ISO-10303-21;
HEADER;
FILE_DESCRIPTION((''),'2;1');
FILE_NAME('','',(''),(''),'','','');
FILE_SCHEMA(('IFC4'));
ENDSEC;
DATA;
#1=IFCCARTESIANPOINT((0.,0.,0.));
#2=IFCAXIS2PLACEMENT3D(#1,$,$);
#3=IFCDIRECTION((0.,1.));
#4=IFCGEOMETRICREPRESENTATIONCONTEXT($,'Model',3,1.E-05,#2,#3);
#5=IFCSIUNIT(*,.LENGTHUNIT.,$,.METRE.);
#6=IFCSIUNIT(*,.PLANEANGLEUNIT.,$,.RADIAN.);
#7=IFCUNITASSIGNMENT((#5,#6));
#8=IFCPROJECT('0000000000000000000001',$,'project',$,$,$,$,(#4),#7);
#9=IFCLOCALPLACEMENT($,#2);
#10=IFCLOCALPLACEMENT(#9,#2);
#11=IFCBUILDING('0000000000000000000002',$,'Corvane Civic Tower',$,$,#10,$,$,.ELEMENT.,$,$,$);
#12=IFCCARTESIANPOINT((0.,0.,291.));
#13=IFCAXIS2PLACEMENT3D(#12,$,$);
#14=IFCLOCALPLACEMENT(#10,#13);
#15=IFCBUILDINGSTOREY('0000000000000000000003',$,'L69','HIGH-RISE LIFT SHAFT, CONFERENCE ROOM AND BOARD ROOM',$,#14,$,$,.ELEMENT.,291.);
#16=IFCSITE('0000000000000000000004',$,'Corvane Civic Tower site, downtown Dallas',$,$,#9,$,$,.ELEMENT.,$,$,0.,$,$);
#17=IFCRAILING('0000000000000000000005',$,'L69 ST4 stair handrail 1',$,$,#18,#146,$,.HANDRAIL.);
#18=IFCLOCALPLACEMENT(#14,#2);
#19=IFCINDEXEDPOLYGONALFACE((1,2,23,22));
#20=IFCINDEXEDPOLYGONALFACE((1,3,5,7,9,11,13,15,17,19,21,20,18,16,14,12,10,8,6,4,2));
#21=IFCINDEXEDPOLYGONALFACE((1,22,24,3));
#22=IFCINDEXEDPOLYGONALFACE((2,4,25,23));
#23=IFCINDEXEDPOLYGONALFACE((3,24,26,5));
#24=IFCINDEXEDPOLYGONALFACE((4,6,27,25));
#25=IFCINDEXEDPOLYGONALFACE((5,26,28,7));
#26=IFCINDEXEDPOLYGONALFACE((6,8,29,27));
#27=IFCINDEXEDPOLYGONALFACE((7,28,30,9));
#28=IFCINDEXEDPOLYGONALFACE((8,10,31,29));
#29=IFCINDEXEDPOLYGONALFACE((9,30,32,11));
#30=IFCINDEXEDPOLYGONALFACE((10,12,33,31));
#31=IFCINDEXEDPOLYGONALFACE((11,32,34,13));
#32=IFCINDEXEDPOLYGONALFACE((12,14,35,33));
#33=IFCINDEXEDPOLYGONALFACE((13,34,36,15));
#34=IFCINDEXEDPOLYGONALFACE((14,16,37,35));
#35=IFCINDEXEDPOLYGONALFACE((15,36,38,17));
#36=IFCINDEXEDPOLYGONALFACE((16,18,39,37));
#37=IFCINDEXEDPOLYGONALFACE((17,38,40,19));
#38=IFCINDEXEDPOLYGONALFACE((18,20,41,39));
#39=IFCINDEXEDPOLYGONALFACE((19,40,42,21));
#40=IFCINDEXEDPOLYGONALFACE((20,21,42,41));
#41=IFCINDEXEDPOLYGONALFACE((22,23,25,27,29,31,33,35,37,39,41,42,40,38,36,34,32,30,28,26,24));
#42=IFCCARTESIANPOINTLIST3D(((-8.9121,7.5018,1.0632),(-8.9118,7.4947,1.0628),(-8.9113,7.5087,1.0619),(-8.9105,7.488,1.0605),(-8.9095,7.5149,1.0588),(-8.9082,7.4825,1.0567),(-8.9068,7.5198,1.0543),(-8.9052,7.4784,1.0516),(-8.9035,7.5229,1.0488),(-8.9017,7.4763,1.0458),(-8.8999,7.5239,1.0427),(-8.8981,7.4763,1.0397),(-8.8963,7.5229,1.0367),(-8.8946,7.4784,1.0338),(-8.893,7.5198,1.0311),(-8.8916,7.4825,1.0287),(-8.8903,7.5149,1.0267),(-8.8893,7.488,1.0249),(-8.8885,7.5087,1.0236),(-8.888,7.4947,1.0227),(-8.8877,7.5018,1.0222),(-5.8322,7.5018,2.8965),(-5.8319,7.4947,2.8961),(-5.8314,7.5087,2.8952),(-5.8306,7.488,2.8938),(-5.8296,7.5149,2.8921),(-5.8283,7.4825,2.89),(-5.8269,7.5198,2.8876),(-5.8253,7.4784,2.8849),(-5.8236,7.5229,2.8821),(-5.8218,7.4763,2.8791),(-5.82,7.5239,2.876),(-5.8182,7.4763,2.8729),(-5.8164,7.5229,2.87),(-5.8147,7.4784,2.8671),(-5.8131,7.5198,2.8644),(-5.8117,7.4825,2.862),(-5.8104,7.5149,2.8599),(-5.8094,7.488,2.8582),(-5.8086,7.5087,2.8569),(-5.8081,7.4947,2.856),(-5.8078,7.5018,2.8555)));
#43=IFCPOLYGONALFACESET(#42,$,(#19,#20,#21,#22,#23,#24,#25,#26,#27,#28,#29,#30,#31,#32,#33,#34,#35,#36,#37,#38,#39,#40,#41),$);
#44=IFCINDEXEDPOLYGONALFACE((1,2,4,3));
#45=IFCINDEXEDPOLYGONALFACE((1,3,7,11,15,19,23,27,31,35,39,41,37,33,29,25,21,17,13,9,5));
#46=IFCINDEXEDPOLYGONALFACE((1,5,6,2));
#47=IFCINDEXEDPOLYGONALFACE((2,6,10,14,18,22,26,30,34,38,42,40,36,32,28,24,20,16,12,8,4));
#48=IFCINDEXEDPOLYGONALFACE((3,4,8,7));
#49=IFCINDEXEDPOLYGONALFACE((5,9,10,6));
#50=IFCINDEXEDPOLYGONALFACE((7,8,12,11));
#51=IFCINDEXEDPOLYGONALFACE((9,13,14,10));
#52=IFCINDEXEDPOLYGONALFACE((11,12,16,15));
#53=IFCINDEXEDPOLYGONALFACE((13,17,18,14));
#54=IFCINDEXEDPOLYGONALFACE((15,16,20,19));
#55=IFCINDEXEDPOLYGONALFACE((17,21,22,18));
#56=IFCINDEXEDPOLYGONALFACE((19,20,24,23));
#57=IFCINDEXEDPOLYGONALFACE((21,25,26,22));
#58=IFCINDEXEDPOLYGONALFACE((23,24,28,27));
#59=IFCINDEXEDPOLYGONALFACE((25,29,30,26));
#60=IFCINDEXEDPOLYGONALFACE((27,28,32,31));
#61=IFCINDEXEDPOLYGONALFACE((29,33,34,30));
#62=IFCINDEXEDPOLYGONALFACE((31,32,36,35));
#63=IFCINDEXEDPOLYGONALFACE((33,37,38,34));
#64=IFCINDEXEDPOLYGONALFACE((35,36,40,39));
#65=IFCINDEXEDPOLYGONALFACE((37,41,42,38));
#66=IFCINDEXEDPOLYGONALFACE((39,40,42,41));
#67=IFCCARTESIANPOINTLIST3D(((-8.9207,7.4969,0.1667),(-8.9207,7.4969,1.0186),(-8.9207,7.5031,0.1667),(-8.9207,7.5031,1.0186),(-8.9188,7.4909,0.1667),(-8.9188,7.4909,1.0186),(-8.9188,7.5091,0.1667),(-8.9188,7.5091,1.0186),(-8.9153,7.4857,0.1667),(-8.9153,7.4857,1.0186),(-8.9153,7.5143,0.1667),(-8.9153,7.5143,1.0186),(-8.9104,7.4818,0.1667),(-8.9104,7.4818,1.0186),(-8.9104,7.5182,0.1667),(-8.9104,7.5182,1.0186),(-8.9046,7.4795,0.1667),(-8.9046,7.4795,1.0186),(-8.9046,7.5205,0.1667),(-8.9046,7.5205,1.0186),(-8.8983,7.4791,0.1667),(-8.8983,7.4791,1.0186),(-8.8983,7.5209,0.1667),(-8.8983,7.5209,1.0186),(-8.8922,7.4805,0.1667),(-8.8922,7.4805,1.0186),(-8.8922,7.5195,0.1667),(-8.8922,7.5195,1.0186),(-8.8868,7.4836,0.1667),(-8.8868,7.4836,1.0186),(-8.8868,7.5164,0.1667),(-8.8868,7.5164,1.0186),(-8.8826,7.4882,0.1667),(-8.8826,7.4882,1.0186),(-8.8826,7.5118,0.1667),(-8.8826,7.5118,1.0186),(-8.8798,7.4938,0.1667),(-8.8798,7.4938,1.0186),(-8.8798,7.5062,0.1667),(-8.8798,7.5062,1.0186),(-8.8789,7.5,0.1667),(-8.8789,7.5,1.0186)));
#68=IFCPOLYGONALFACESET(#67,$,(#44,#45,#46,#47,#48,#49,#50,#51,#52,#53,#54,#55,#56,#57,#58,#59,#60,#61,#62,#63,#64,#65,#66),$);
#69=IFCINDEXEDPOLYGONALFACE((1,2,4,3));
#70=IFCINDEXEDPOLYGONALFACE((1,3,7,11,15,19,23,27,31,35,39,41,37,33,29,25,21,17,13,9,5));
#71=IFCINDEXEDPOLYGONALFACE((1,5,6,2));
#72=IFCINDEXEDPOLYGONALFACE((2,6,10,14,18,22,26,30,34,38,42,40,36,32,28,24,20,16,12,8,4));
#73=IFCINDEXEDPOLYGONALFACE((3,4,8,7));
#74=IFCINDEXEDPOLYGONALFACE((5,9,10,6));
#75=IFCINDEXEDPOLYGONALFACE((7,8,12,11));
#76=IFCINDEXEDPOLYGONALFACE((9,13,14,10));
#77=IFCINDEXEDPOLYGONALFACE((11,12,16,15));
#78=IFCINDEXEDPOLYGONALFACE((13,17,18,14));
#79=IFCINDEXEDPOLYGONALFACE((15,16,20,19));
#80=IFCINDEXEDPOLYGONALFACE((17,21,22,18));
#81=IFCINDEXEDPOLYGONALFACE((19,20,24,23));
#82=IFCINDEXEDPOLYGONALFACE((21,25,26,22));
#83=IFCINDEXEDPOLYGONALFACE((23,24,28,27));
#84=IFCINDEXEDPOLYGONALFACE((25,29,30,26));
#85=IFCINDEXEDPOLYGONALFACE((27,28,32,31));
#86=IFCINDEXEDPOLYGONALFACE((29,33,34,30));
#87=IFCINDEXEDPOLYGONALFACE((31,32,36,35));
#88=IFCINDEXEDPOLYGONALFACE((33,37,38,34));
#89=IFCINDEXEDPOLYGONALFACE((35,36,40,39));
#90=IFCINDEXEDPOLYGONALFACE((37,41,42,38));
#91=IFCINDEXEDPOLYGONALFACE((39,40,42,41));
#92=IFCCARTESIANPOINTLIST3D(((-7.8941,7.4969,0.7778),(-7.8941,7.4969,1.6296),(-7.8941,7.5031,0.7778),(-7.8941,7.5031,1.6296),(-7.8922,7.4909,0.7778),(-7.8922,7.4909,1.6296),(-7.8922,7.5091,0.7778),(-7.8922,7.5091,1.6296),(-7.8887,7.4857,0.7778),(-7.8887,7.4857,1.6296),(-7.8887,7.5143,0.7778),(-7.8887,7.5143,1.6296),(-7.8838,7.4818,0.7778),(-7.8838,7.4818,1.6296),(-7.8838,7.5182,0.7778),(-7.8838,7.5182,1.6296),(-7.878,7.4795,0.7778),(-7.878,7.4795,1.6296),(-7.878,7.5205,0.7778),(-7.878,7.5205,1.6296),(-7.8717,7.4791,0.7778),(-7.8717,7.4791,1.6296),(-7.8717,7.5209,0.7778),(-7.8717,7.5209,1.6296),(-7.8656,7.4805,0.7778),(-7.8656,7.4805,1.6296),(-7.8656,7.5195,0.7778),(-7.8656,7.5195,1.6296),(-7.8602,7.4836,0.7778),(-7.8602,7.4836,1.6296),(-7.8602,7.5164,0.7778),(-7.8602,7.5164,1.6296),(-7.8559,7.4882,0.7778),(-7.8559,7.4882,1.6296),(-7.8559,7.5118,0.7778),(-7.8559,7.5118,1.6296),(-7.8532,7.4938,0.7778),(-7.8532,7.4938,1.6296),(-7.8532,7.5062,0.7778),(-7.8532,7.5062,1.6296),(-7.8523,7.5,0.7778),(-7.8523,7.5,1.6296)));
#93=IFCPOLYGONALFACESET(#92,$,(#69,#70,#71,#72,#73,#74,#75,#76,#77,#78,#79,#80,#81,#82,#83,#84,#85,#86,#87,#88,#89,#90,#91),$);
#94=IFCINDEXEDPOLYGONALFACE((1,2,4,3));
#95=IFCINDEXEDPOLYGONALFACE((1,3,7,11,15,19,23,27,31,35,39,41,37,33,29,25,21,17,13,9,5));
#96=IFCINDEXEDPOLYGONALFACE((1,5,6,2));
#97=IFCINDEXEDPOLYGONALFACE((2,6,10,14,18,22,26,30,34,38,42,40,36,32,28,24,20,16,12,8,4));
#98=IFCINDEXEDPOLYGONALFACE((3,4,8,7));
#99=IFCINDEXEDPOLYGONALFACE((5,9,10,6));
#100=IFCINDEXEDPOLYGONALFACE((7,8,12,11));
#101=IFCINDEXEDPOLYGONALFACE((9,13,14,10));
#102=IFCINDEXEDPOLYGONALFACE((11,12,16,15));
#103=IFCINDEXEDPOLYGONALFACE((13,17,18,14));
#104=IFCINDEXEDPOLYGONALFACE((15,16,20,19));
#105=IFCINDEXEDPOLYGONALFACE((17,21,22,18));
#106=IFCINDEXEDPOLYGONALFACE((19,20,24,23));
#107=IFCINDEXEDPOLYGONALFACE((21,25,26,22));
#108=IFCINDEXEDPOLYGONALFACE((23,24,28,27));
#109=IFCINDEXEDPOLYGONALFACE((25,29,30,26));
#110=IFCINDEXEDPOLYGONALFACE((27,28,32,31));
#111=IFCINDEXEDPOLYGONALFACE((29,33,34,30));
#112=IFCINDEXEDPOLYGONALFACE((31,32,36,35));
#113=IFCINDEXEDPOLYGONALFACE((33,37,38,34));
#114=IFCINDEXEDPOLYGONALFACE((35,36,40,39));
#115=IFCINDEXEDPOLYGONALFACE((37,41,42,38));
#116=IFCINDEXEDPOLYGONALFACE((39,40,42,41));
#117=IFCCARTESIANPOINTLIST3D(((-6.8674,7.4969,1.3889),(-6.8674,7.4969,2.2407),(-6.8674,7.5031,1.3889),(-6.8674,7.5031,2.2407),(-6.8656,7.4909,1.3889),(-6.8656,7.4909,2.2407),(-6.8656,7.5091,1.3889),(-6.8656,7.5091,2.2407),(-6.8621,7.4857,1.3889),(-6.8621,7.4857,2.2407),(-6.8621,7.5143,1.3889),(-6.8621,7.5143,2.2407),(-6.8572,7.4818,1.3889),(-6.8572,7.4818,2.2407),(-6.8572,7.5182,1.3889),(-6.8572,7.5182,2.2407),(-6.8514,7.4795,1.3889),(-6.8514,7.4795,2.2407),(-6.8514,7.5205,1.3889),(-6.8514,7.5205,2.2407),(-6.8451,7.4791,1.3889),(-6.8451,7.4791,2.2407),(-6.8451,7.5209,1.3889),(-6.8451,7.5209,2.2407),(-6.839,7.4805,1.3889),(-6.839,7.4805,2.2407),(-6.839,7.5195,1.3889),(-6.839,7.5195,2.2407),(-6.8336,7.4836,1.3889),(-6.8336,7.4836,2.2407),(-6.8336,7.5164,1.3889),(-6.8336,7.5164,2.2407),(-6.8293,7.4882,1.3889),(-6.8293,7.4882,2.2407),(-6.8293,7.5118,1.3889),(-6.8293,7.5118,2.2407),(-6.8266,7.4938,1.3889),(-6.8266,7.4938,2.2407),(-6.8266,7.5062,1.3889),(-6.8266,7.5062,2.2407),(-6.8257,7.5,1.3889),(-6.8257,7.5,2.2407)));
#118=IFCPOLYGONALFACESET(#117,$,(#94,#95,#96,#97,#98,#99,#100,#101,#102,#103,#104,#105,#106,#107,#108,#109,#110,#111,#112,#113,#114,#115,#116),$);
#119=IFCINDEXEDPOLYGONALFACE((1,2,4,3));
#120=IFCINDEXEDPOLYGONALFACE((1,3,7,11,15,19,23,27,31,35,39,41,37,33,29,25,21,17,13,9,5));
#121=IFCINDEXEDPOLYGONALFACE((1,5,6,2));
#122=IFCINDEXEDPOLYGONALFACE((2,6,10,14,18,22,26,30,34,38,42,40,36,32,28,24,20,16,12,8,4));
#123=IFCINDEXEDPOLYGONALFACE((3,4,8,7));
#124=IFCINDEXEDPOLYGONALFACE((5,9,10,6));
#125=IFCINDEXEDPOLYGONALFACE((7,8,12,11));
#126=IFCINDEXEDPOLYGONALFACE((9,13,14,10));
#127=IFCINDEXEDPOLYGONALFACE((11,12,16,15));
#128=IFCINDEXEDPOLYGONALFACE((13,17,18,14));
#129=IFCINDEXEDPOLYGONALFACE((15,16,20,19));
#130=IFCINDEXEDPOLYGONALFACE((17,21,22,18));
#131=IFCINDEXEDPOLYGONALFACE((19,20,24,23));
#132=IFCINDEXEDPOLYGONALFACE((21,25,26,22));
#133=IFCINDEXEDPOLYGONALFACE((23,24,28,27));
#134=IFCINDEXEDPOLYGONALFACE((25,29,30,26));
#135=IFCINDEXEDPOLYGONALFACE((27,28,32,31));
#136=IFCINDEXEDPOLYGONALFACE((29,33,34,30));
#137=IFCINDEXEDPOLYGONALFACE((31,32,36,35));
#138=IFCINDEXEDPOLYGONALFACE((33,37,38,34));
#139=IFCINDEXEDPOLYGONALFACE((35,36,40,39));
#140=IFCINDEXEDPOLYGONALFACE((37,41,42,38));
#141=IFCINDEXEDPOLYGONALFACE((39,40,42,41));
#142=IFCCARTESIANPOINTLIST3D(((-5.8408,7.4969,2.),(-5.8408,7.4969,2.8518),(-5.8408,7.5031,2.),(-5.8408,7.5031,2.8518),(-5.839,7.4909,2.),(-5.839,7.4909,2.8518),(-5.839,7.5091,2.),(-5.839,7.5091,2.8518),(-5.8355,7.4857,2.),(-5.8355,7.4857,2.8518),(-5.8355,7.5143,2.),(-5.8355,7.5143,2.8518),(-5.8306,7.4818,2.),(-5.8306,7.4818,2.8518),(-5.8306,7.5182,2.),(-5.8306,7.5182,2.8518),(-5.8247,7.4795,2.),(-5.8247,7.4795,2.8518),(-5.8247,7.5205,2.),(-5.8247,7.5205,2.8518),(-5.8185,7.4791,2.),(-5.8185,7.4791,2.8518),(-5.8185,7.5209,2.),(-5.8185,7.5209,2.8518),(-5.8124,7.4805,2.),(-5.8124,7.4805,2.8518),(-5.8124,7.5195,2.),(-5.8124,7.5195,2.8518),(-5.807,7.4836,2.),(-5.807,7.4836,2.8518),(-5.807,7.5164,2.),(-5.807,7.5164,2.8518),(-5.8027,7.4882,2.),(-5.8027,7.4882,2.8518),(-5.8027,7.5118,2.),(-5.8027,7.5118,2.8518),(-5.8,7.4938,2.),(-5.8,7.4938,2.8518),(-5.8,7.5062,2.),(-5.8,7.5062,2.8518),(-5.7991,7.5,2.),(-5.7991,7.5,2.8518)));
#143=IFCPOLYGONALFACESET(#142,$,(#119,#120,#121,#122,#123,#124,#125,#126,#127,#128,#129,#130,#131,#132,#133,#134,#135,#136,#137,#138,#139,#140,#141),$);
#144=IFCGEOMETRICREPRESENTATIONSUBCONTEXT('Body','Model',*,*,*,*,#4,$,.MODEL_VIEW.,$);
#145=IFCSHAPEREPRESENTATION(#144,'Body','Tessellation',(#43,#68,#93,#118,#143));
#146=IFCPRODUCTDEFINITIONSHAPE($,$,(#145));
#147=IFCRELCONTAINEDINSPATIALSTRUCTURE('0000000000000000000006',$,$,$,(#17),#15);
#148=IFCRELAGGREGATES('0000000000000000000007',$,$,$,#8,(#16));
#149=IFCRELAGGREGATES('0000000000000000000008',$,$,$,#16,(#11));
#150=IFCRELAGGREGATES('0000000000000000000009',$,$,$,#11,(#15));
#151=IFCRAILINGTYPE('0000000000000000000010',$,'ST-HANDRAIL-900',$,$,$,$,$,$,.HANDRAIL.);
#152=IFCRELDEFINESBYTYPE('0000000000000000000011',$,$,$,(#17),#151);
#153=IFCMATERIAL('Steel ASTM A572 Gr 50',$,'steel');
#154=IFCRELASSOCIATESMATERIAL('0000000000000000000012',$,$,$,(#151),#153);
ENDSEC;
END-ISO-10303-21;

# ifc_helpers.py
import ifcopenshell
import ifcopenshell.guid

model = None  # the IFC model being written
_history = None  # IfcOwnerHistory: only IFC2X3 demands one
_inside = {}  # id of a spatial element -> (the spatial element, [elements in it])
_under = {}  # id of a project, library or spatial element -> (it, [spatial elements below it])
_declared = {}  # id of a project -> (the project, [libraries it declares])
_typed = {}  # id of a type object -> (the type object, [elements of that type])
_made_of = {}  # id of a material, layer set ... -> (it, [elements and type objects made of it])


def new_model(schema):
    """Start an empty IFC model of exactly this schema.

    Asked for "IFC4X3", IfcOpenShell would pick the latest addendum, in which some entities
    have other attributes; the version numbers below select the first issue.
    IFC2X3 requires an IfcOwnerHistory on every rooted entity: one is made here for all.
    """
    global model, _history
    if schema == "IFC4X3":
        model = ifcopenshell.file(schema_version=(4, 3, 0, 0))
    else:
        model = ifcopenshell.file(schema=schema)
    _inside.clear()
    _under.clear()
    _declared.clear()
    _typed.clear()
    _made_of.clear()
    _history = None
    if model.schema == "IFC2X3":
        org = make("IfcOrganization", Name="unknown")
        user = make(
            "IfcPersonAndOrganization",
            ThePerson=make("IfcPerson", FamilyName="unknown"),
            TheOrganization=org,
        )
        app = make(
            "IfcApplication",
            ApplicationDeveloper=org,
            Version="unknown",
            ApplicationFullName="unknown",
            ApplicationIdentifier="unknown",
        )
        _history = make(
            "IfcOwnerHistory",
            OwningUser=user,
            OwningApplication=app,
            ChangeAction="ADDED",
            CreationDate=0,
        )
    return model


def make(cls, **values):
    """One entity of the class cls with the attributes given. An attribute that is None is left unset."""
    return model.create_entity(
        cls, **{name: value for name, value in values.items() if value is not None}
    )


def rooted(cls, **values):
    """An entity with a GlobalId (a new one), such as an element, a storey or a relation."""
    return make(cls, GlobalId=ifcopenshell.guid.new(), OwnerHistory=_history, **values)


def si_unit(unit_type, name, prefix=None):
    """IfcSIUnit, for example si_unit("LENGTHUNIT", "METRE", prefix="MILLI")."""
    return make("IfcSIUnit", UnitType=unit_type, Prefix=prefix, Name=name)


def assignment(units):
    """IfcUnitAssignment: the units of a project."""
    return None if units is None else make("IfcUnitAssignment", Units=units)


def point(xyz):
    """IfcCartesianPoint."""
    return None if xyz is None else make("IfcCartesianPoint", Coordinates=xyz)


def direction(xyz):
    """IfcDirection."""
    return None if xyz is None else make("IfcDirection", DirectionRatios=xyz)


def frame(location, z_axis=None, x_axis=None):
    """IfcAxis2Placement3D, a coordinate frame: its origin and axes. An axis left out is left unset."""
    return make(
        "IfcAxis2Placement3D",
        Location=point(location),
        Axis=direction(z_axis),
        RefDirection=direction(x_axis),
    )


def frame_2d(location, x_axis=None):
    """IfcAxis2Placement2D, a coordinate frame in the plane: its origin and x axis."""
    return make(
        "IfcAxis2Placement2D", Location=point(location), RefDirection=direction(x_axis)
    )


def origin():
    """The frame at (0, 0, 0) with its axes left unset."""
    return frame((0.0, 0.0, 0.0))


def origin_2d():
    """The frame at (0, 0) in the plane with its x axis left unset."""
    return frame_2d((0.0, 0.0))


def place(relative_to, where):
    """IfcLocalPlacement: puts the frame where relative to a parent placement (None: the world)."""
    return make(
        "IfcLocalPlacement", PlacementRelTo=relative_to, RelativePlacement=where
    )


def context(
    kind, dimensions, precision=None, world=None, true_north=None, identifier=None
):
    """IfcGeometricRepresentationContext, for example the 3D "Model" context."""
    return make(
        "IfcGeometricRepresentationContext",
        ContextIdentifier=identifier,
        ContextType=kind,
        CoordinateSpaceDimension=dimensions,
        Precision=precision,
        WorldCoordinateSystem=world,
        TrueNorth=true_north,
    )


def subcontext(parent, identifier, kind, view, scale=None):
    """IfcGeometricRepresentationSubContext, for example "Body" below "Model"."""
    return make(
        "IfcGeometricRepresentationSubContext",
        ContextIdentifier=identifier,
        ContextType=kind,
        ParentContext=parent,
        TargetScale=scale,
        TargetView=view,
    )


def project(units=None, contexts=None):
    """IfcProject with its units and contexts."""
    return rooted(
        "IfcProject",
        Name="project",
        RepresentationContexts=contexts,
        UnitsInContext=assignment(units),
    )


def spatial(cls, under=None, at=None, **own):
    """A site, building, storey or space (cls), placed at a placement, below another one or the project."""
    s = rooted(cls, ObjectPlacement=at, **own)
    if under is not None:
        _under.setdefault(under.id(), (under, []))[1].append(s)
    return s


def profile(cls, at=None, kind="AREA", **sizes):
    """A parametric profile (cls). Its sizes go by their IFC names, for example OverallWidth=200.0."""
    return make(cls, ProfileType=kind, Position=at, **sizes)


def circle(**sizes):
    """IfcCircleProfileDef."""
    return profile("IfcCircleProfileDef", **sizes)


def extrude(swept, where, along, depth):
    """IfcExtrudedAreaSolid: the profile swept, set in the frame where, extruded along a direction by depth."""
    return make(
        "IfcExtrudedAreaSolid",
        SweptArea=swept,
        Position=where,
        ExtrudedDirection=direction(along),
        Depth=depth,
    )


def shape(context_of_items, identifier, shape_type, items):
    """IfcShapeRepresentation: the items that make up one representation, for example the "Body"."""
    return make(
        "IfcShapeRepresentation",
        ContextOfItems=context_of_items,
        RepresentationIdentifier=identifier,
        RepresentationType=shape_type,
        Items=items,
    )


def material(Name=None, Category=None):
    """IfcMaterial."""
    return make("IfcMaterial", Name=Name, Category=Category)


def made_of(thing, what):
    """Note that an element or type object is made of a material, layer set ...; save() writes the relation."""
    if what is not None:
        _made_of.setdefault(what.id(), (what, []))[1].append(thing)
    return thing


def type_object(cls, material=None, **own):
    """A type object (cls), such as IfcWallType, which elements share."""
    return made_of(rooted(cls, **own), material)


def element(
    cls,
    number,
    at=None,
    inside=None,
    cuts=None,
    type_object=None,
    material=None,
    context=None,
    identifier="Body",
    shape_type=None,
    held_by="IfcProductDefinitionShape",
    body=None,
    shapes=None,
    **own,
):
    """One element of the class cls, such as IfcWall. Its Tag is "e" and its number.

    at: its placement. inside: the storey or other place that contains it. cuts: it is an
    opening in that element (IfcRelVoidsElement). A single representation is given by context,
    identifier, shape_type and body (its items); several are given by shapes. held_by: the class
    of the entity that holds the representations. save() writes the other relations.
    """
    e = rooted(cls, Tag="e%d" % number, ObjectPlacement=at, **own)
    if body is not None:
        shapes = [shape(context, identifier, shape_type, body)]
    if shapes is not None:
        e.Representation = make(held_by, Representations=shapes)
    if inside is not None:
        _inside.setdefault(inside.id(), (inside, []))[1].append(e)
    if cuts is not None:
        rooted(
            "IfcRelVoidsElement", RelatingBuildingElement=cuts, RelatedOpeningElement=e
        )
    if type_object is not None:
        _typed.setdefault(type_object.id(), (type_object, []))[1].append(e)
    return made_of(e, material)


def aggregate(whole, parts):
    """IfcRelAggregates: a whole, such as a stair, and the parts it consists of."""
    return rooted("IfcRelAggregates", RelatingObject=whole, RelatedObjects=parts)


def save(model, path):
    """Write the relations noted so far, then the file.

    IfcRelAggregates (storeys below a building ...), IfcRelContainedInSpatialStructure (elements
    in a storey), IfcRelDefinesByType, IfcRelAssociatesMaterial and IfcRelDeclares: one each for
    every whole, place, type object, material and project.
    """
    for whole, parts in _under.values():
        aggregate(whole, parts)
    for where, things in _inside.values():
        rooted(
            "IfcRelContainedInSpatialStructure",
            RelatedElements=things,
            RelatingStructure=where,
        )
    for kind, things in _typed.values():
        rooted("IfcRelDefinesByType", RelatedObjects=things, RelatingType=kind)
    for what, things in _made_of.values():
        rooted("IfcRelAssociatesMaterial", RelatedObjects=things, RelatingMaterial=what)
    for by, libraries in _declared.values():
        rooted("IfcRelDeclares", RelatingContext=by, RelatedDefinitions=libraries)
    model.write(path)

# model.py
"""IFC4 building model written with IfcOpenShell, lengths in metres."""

from ifc_helpers import new_model, si_unit, direction, frame, origin, origin_2d, place, context, subcontext, project, spatial, circle, extrude, material, type_object, element, save


model = new_model("IFC4")

# Units and contexts
model_context = context("Model", 3, precision=1e-05, world=origin(), true_north=direction((0.0, 1.0)))
body_context = subcontext(model_context, "Body", "Model", "MODEL_VIEW")
ifc_project = project(units=[si_unit("LENGTHUNIT", "METRE"), si_unit("PLANEANGLEUNIT", "RADIAN")], contexts=[model_context])

# Site, building, storey
site_placement = place(None, origin())
site = spatial("IfcSite", under=ifc_project, at=site_placement, Name="Corvane Civic Tower site, downtown Dallas", CompositionType="ELEMENT", RefElevation=0.0)
building_placement = place(site_placement, origin())
building = spatial("IfcBuilding", under=site, at=building_placement, Name="Corvane Civic Tower", CompositionType="ELEMENT")
storey_placement = place(building_placement, frame((0.0, 0.0, 291.0)))
storey = spatial("IfcBuildingStorey", under=building, at=storey_placement, Name="L69", Description="HIGH-RISE LIFT SHAFT, CONFERENCE ROOM AND BOARD ROOM", CompositionType="ELEMENT", Elevation=291.0)

# Railing
ifc_material_1 = material(Name="Steel ASTM A572 Gr 50", Category="steel")
railing_type_1 = type_object("IfcRailingType", Name="ST-HANDRAIL-900", PredefinedType="HANDRAIL", material=ifc_material_1)
railing_1_placement = place(storey_placement, frame((-8.8999, 7.5, 0.1667)))
element("IfcRailing", 1, at=railing_1_placement, inside=storey, type_object=railing_type_1, Name="L69 ST4 stair handrail 1", PredefinedType="HANDRAIL", context=body_context, shape_type="SweptSolid", body=[
    extrude(circle(Radius=0.0239, at=origin_2d()), frame((0.0, 0.0, 0.876), z_axis=(0.859291, 0.0, 0.511487), x_axis=(0.0, 1.0, 0.0)), (0.0, 0.0, 1.0), 3.5842),
    extrude(circle(Radius=0.021, at=origin_2d()), origin(), (0.0, 0.0, 1.0), 0.8518),
    extrude(circle(Radius=0.021, at=origin_2d()), frame((1.0266, 0.0, 0.6111)), (0.0, 0.0, 1.0), 0.8518),
    extrude(circle(Radius=0.021, at=origin_2d()), frame((2.0532, 0.0, 1.2222)), (0.0, 0.0, 1.0), 0.8518),
    extrude(circle(Radius=0.021, at=origin_2d()), frame((3.0798, 0.0, 1.8333)), (0.0, 0.0, 1.0), 0.8518),
])

save(model, "model.ifc")
